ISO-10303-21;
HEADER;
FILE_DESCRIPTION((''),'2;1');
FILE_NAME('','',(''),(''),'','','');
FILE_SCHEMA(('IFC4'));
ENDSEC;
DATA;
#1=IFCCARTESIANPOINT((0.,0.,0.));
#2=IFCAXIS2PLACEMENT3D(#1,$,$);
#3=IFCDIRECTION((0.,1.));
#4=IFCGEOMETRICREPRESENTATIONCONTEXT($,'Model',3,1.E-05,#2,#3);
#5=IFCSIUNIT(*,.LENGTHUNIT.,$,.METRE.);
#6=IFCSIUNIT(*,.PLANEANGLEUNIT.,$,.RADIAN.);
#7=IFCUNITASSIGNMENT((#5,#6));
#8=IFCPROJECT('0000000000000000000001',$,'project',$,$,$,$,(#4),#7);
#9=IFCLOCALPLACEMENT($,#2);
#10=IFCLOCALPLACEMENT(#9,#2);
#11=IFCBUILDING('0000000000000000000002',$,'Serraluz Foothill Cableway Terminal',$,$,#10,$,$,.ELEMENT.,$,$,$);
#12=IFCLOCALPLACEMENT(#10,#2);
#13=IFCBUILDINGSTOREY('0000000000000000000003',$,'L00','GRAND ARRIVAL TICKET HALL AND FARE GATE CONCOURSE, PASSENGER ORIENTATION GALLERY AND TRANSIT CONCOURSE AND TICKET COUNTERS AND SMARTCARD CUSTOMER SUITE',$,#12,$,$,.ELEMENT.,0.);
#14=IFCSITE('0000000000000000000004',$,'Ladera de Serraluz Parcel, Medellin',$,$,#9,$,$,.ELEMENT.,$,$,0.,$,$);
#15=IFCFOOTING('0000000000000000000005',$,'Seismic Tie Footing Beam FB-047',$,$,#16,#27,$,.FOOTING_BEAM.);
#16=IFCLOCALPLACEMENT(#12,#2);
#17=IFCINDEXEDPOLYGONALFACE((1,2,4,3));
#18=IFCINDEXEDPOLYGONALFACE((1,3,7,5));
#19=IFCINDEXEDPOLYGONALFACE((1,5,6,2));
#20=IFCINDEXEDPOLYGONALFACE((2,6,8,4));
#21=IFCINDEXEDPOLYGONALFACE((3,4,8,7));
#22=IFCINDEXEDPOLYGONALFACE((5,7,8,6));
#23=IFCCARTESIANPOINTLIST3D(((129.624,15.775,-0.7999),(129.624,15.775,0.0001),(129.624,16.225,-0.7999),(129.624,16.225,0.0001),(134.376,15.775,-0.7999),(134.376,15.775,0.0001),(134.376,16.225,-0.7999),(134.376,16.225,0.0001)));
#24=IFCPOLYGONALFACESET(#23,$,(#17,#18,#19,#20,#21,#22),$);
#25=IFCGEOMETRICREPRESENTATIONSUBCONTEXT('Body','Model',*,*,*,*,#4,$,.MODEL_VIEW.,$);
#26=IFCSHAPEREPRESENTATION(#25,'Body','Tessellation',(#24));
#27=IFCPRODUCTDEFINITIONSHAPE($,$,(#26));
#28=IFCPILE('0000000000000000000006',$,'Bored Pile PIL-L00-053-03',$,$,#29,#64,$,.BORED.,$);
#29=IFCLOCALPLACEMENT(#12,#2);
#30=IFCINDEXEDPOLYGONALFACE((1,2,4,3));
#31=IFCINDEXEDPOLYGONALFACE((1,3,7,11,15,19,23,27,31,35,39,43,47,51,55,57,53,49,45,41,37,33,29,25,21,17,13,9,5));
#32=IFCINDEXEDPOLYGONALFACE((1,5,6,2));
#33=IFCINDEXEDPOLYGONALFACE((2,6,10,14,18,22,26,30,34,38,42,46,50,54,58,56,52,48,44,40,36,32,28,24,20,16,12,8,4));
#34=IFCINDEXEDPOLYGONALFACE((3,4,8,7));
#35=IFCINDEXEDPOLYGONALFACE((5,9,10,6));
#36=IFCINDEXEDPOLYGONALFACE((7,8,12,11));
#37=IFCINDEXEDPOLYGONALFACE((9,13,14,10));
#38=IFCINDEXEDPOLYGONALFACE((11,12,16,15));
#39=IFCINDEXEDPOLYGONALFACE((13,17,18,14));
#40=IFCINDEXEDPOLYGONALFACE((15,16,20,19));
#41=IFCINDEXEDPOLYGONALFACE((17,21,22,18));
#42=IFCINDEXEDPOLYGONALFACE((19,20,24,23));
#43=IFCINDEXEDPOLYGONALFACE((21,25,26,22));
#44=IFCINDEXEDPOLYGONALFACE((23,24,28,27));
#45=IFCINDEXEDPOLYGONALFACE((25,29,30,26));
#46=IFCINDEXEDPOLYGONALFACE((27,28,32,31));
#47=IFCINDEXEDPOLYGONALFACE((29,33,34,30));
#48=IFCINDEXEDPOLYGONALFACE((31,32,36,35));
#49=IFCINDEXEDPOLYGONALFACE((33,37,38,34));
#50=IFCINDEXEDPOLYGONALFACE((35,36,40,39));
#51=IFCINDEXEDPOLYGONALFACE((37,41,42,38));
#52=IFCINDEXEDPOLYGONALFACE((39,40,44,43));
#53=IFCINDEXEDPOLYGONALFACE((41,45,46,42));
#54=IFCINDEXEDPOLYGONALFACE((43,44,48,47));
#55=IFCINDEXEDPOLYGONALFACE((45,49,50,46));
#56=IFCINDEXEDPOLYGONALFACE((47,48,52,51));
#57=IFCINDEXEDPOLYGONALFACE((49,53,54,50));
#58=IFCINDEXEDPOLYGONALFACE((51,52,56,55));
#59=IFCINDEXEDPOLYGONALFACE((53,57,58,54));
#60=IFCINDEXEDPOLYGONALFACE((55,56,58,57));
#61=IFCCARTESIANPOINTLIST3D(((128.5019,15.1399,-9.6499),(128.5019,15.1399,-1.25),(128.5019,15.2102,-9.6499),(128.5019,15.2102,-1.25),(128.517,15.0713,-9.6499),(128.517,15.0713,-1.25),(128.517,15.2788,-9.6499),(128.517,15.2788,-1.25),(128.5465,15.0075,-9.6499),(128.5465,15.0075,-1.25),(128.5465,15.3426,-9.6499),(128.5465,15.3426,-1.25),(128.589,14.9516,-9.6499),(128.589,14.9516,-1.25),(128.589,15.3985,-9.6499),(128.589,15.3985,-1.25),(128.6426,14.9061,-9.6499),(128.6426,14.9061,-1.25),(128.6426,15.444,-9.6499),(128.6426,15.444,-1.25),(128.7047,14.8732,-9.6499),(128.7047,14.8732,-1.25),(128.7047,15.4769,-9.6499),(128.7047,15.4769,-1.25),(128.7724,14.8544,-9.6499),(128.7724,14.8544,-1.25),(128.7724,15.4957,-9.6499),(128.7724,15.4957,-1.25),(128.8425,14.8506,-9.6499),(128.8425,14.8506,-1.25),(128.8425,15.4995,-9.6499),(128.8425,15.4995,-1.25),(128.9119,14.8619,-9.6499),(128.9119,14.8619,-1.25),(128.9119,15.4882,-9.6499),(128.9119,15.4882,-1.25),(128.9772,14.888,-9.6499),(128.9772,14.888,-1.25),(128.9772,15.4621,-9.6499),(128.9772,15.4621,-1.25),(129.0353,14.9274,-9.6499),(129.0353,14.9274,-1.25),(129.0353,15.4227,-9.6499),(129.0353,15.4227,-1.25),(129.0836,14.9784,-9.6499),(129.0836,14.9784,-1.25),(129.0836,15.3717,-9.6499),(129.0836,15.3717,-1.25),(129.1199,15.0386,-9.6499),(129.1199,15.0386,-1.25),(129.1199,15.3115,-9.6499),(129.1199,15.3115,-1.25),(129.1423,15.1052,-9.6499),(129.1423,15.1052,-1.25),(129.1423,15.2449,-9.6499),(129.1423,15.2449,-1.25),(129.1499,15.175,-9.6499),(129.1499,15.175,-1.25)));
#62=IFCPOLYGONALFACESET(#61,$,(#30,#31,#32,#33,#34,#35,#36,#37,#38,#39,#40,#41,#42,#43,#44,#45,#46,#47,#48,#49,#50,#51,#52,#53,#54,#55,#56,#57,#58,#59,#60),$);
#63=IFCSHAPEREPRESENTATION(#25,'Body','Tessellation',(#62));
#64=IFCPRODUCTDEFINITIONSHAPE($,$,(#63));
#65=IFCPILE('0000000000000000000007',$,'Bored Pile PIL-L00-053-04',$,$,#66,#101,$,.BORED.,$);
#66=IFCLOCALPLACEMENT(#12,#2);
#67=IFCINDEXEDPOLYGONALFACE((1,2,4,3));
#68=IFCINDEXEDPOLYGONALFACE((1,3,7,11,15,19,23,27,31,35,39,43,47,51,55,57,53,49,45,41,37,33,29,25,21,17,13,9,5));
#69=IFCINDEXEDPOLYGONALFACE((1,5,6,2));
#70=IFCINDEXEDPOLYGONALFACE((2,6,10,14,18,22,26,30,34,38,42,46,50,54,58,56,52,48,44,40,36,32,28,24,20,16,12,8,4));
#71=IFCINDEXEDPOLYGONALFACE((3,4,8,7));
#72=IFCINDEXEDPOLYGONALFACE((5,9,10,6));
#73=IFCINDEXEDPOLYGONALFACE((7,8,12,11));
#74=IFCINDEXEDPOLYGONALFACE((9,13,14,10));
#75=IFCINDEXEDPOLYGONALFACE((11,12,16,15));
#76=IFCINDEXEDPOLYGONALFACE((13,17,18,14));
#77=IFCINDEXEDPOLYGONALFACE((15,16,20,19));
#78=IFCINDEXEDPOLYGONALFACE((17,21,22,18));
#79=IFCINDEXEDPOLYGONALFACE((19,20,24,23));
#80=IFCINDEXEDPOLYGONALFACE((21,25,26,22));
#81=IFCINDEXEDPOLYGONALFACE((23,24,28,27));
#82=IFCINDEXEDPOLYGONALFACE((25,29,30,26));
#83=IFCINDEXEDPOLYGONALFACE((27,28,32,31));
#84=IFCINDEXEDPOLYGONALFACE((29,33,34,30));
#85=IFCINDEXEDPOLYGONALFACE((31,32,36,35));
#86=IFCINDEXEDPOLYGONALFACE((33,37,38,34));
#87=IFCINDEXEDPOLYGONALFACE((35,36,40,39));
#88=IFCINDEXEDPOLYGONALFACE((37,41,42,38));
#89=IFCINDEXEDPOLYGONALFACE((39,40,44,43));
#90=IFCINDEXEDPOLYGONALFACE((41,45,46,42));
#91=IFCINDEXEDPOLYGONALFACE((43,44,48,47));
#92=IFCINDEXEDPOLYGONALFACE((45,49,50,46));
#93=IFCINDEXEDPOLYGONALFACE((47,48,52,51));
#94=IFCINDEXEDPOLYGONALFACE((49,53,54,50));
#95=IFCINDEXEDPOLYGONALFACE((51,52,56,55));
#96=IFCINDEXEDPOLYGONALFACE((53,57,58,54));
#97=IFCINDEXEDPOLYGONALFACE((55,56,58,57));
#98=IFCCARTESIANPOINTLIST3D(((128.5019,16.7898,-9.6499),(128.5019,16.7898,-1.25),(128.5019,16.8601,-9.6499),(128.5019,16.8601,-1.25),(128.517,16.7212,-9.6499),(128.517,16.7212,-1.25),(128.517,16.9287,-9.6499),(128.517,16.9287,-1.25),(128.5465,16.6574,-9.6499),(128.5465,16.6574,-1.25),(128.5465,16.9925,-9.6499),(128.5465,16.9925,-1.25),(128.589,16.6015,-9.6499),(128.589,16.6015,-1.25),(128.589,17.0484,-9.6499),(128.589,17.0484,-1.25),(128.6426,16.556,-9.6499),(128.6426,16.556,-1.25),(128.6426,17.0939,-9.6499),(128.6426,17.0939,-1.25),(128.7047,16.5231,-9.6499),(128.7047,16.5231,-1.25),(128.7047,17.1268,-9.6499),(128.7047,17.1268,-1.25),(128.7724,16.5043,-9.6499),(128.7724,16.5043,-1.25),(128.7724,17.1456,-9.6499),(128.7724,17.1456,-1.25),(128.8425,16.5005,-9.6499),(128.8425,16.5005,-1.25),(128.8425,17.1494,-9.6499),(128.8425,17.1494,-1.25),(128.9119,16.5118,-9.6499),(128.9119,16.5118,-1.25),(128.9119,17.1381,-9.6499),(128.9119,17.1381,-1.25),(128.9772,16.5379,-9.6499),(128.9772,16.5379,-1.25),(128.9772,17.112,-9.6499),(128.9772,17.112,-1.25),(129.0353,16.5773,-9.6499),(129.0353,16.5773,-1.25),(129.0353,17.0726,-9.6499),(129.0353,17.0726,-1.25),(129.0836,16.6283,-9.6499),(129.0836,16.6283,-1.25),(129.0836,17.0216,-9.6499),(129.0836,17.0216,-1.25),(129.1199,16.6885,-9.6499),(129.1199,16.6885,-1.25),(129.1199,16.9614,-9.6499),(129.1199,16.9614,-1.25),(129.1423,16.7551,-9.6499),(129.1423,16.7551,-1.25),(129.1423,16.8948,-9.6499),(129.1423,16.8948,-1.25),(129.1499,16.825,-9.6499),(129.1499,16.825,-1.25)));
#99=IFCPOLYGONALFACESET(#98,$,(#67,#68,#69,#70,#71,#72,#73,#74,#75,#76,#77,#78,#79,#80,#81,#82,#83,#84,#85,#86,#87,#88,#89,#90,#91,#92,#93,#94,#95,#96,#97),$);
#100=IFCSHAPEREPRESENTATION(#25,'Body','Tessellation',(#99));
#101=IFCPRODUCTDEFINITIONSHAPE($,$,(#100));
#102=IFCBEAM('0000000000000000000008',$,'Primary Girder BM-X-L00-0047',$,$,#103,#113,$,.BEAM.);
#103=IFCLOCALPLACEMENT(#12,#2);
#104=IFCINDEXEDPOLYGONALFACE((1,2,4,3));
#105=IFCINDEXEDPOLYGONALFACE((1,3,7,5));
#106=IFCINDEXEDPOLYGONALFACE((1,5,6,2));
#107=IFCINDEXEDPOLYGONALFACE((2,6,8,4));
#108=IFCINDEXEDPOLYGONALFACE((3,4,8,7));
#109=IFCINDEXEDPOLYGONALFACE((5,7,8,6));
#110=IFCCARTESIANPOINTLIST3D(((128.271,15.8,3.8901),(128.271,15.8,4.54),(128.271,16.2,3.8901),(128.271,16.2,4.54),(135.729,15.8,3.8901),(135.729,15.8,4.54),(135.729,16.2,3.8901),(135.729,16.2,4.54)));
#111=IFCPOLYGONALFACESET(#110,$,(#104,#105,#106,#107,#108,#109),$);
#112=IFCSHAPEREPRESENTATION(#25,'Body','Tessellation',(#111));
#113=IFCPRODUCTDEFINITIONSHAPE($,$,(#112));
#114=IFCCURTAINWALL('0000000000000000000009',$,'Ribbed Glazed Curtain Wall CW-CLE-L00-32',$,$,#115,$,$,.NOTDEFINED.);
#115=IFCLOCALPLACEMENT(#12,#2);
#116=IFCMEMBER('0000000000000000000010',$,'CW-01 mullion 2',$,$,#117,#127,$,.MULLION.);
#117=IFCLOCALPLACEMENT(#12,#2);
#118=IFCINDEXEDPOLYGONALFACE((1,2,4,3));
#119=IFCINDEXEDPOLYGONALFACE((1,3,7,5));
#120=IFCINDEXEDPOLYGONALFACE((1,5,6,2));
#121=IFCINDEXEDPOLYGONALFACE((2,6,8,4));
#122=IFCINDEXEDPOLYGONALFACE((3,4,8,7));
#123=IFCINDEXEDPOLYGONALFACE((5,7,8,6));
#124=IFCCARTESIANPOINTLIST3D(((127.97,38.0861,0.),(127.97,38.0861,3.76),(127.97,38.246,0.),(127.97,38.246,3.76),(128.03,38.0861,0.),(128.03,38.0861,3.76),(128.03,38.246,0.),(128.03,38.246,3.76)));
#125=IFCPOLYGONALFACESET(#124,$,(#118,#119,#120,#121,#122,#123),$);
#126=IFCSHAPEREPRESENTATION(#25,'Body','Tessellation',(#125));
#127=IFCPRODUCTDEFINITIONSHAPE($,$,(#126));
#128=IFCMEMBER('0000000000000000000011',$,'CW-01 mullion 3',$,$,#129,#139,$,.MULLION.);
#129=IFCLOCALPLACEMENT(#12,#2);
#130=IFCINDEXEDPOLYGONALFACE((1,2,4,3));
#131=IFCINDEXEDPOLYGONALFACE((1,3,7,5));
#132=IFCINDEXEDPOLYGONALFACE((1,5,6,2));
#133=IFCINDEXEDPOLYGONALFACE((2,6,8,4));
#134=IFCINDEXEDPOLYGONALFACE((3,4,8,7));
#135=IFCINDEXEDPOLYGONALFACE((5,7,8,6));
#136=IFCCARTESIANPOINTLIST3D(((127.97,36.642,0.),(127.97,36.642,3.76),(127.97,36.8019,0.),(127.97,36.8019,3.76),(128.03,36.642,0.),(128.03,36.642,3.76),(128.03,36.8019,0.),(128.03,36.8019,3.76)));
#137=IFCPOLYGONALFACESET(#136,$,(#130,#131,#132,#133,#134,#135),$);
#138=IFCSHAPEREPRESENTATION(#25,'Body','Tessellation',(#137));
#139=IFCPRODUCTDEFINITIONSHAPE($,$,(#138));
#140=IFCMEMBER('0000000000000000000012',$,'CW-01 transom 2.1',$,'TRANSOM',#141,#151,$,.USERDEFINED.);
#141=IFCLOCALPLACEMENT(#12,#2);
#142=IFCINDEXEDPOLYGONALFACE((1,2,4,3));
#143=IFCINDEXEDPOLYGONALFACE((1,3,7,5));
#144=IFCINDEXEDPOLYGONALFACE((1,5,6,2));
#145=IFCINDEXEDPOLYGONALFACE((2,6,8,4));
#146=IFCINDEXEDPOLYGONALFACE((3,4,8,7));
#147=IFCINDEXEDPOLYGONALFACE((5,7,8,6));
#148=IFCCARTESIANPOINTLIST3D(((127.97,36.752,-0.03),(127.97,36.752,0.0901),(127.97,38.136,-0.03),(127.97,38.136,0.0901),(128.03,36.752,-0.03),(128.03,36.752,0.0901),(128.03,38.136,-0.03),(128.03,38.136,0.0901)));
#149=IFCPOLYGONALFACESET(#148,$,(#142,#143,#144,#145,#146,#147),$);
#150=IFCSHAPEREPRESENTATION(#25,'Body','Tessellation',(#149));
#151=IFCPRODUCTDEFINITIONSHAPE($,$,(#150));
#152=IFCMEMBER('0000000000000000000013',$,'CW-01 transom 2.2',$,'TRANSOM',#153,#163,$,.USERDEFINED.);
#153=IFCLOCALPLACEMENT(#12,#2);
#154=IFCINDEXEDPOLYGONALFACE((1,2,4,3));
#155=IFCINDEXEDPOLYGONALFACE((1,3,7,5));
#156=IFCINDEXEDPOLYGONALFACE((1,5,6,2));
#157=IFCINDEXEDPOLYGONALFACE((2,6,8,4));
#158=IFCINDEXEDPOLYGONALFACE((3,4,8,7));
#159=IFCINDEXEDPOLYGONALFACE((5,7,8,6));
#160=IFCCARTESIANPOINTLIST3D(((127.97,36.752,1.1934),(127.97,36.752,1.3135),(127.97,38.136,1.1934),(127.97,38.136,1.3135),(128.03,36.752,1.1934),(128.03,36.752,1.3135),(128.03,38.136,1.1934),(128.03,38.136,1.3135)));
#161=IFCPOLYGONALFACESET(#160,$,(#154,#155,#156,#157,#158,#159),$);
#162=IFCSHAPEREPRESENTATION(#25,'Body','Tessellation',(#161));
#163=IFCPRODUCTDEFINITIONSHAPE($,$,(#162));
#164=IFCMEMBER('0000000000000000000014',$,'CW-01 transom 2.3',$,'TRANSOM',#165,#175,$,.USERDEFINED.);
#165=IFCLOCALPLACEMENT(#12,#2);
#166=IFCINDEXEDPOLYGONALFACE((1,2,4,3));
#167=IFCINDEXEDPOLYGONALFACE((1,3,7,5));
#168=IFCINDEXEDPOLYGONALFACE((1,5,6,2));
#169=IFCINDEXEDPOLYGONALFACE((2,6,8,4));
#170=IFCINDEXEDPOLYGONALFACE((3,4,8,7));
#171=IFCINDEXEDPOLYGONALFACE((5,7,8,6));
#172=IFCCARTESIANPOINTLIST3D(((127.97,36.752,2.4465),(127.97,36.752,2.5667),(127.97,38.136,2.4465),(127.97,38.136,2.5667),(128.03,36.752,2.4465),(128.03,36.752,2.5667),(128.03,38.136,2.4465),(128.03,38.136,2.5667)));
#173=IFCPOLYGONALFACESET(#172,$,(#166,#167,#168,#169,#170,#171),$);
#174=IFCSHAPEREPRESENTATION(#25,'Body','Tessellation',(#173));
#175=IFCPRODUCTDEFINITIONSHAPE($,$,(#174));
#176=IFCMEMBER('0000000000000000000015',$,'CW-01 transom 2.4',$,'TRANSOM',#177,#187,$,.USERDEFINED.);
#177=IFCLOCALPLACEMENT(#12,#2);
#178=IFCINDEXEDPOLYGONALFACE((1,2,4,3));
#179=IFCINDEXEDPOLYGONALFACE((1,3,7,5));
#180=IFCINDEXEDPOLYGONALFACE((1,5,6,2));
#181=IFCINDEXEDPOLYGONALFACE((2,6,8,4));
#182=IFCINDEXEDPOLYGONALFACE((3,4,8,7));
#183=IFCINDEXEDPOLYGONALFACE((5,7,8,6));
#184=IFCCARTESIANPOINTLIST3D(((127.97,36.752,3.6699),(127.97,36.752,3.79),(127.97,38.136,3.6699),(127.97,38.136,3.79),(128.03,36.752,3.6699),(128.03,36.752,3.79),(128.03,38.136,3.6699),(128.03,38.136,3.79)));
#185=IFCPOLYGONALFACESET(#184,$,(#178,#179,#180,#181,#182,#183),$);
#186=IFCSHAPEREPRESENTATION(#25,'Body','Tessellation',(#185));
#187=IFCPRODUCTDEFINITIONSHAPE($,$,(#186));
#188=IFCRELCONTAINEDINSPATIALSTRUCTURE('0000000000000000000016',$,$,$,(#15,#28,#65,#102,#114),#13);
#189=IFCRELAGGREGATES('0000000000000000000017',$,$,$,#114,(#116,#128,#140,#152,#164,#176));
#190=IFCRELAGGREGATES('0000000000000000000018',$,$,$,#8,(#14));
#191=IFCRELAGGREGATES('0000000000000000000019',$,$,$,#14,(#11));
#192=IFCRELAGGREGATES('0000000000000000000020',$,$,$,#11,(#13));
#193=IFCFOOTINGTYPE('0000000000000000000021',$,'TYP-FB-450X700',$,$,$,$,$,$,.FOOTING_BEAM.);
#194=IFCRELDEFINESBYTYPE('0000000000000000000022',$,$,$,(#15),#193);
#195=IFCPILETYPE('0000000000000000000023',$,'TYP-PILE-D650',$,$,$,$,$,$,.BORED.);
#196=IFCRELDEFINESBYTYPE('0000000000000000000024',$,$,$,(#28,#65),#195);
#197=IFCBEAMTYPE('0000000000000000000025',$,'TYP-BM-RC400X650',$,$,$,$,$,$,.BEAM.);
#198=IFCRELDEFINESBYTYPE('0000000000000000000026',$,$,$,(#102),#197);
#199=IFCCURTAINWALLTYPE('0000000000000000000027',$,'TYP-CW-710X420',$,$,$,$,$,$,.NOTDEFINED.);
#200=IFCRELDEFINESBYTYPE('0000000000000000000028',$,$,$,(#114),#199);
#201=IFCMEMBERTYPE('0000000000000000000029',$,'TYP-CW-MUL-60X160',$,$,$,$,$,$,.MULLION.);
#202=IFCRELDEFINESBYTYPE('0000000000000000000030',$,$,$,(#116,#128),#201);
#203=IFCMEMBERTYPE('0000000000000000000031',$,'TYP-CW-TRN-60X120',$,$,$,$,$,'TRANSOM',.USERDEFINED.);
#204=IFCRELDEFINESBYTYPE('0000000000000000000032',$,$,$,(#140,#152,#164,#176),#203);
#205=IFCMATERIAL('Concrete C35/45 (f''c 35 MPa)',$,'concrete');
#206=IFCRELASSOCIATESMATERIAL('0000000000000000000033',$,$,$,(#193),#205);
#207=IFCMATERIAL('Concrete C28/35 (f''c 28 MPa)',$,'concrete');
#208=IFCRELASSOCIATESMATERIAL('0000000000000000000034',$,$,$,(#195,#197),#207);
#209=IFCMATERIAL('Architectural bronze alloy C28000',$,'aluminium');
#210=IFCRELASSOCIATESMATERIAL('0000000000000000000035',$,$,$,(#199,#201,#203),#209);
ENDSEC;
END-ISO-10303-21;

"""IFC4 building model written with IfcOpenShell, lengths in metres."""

from ifc_helpers import new_model, si_unit, direction, frame, origin, origin_2d, place, context, subcontext, project, spatial, rectangle, circle, extrude, material, material_profile, profile_set, type_object, element, aggregate, save


model = new_model("IFC4")

# Units and contexts
model_context = context("Model", 3, precision=1e-05, world=origin(), true_north=direction((0.0, 1.0)))
body_context = subcontext(model_context, "Body", "Model", "MODEL_VIEW")
ifc_project = project(units=[si_unit("LENGTHUNIT", "METRE"), si_unit("PLANEANGLEUNIT", "RADIAN")], contexts=[model_context])

# Site, building, storey
site_placement = place(None, origin())
site = spatial("IfcSite", under=ifc_project, at=site_placement, Name="Ladera de Serraluz Parcel, Medellin", CompositionType="ELEMENT", RefElevation=0.0)
building_placement = place(site_placement, origin())
building = spatial("IfcBuilding", under=site, at=building_placement, Name="Serraluz Foothill Cableway Terminal", CompositionType="ELEMENT")
storey_placement = place(building_placement, origin())
storey = spatial("IfcBuildingStorey", under=building, at=storey_placement, Name="L00", Description="GRAND ARRIVAL TICKET HALL AND FARE GATE CONCOURSE, PASSENGER ORIENTATION GALLERY AND TRANSIT CONCOURSE AND TICKET COUNTERS AND SMARTCARD CUSTOMER SUITE", CompositionType="ELEMENT", Elevation=0.0)

# Footing
ifc_material_1 = material(Name="Concrete C35/45 (f'c 35 MPa)", Category="concrete")
ifc_material_profile_1 = material_profile(ifc_material_1, rectangle(XDim=0.45, YDim=0.8, at=origin_2d()), Name="RC 450x800")
ifc_profile_set_1 = profile_set([ifc_material_profile_1], Name="Concrete C35/45 (f'c 35 MPa)")
footing_type = type_object("IfcFootingType", Name="TYP-FB-450X700", PredefinedType="FOOTING_BEAM", material=ifc_profile_set_1)
footing_placement = place(storey_placement, frame((129.624, 16.0, -0.3999), z_axis=(1.0, 0.0, 0.0), x_axis=(0.0, 1.0, 0.0)))
element("IfcFooting", 1, at=footing_placement, inside=storey, type_object=footing_type, Name="Seismic Tie Footing Beam FB-047", PredefinedType="FOOTING_BEAM", context=body_context, shape_type="SweptSolid", body=[
    extrude(rectangle(XDim=0.45, YDim=0.8, at=origin_2d()), origin(), (0.0, 0.0, 1.0), 4.752),
])

# Piles
ifc_material_2 = material(Name="Concrete C28/35 (f'c 28 MPa)", Category="concrete")
ifc_material_profile_2 = material_profile(ifc_material_2, circle(Radius=0.325, at=origin_2d()), Name="BORED PILE D650")
ifc_profile_set_2 = profile_set([ifc_material_profile_2], Name="Concrete C28/35 (f'c 28 MPa)")
pile_type = type_object("IfcPileType", Name="TYP-PILE-D650", PredefinedType="BORED", material=ifc_profile_set_2)
for number, where, z_axis, x_axis, name in (
    (2, (128.825, 15.175, -1.25), (0.0, 0.0, -1.0), (1.0, 0.0, 0.0), "Bored Pile PIL-L00-053-03"),
    (3, (128.825, 16.825, -1.25), (0.0, 0.0, -1.0), (1.0, 0.0, 0.0), "Bored Pile PIL-L00-053-04"),
):
    element("IfcPile", number, at=place(storey_placement, frame(where, z_axis=z_axis, x_axis=x_axis)), inside=storey, type_object=pile_type, Name=name, PredefinedType="BORED", context=body_context, shape_type="SweptSolid", body=[
        extrude(circle(Radius=0.325, at=origin_2d()), origin(), (0.0, 0.0, 1.0), 8.3999),
    ])

# Beam
ifc_material_profile_3 = material_profile(ifc_material_2, rectangle(XDim=0.3999, YDim=0.6499, at=origin_2d()), Name="RC 400x650")
ifc_profile_set_3 = profile_set([ifc_material_profile_3], Name="Concrete C28/35 (f'c 28 MPa)")
beam_type_1 = type_object("IfcBeamType", Name="TYP-BM-RC400X650", PredefinedType="BEAM", material=ifc_profile_set_3)
beam_placement = place(storey_placement, frame((128.271, 16.0, 4.2151), z_axis=(1.0, 0.0, 0.0), x_axis=(0.0, 1.0, 0.0)))
element("IfcBeam", 4, at=beam_placement, inside=storey, type_object=beam_type_1, Name="Primary Girder BM-X-L00-0047", PredefinedType="BEAM", context=body_context, shape_type="SweptSolid", body=[
    extrude(rectangle(XDim=0.3999, YDim=0.6499, at=origin_2d()), origin(), (0.0, 0.0, 1.0), 7.458),
])

# Curtain wall, members
ifc_material_3 = material(Name="Architectural bronze alloy C28000", Category="aluminium")
curtain_wall_type = type_object("IfcCurtainWallType", Name="TYP-CW-710X420", PredefinedType="NOTDEFINED", material=ifc_material_3)
curtain_wall_placement = place(storey_placement, origin())
curtain_wall = element("IfcCurtainWall", 5, at=curtain_wall_placement, inside=storey, type_object=curtain_wall_type, Name="Ribbed Glazed Curtain Wall CW-CLE-L00-32", PredefinedType="NOTDEFINED")
ifc_material_profile_4 = material_profile(ifc_material_3, rectangle(XDim=0.0601, YDim=0.1599, at=origin_2d()), Name="ALU MULLION 60x160")
ifc_profile_set_4 = profile_set([ifc_material_profile_4], Name="Architectural bronze alloy C28000")
member_type_1 = type_object("IfcMemberType", Name="TYP-CW-MUL-60X160", PredefinedType="MULLION", material=ifc_profile_set_4)
member_1_placement = place(storey_placement, frame((128.0, 38.166, 0.0), z_axis=(0.0, 0.0, 1.0), x_axis=(1.0, 0.0, 0.0)))
member_1 = element("IfcMember", 6, at=member_1_placement, type_object=member_type_1, Name="CW-01 mullion 2", PredefinedType="MULLION", context=body_context, shape_type="SweptSolid", body=[
    extrude(rectangle(XDim=0.0601, YDim=0.1599, at=origin_2d()), origin(), (0.0, 0.0, 1.0), 3.76),
])
member_2_placement = place(storey_placement, frame((128.0, 36.7219, 0.0), z_axis=(0.0, 0.0, 1.0), x_axis=(1.0, 0.0, 0.0)))
member_2 = element("IfcMember", 7, at=member_2_placement, type_object=member_type_1, Name="CW-01 mullion 3", PredefinedType="MULLION", context=body_context, shape_type="SweptSolid", body=[
    extrude(rectangle(XDim=0.0601, YDim=0.1599, at=origin_2d()), origin(), (0.0, 0.0, 1.0), 3.76),
])
ifc_material_profile_5 = material_profile(ifc_material_3, rectangle(XDim=0.0601, YDim=0.1201, at=origin_2d()), Name="ALU TRANSOM 60x120")
ifc_profile_set_5 = profile_set([ifc_material_profile_5], Name="Architectural bronze alloy C28000")
member_type_2 = type_object("IfcMemberType", Name="TYP-CW-TRN-60X120", ElementType="TRANSOM", PredefinedType="USERDEFINED", material=ifc_profile_set_5)
member_3_placement = place(storey_placement, frame((128.0, 38.136, 0.03), z_axis=(0.0, -1.0, 0.0), x_axis=(1.0, 0.0, 0.0)))
member_3 = element("IfcMember", 8, at=member_3_placement, type_object=member_type_2, Name="CW-01 transom 2.1", ObjectType="TRANSOM", PredefinedType="USERDEFINED", context=body_context, shape_type="SweptSolid", body=[
    extrude(rectangle(XDim=0.0601, YDim=0.1201, at=origin_2d()), origin(), (0.0, 0.0, 1.0), 1.384),
])
member_4_placement = place(storey_placement, frame((128.0, 38.136, 1.2534), z_axis=(0.0, -1.0, 0.0), x_axis=(1.0, 0.0, 0.0)))
member_4 = element("IfcMember", 9, at=member_4_placement, type_object=member_type_2, Name="CW-01 transom 2.2", ObjectType="TRANSOM", PredefinedType="USERDEFINED", context=body_context, shape_type="SweptSolid", body=[
    extrude(rectangle(XDim=0.0601, YDim=0.1201, at=origin_2d()), origin(), (0.0, 0.0, 1.0), 1.384),
])
member_5_placement = place(storey_placement, frame((128.0, 38.136, 2.5066), z_axis=(0.0, -1.0, 0.0), x_axis=(1.0, 0.0, 0.0)))
member_5 = element("IfcMember", 10, at=member_5_placement, type_object=member_type_2, Name="CW-01 transom 2.3", ObjectType="TRANSOM", PredefinedType="USERDEFINED", context=body_context, shape_type="SweptSolid", body=[
    extrude(rectangle(XDim=0.0601, YDim=0.1201, at=origin_2d()), origin(), (0.0, 0.0, 1.0), 1.384),
])
member_6_placement = place(storey_placement, frame((128.0, 38.136, 3.73), z_axis=(0.0, -1.0, 0.0), x_axis=(1.0, 0.0, 0.0)))
member_6 = element("IfcMember", 11, at=member_6_placement, type_object=member_type_2, Name="CW-01 transom 2.4", ObjectType="TRANSOM", PredefinedType="USERDEFINED", context=body_context, shape_type="SweptSolid", body=[
    extrude(rectangle(XDim=0.0601, YDim=0.1201, at=origin_2d()), origin(), (0.0, 0.0, 1.0), 1.384),
])

aggregate(curtain_wall, [member_1, member_2, member_3, member_4, member_5, member_6])

save(model, "model.ifc")
